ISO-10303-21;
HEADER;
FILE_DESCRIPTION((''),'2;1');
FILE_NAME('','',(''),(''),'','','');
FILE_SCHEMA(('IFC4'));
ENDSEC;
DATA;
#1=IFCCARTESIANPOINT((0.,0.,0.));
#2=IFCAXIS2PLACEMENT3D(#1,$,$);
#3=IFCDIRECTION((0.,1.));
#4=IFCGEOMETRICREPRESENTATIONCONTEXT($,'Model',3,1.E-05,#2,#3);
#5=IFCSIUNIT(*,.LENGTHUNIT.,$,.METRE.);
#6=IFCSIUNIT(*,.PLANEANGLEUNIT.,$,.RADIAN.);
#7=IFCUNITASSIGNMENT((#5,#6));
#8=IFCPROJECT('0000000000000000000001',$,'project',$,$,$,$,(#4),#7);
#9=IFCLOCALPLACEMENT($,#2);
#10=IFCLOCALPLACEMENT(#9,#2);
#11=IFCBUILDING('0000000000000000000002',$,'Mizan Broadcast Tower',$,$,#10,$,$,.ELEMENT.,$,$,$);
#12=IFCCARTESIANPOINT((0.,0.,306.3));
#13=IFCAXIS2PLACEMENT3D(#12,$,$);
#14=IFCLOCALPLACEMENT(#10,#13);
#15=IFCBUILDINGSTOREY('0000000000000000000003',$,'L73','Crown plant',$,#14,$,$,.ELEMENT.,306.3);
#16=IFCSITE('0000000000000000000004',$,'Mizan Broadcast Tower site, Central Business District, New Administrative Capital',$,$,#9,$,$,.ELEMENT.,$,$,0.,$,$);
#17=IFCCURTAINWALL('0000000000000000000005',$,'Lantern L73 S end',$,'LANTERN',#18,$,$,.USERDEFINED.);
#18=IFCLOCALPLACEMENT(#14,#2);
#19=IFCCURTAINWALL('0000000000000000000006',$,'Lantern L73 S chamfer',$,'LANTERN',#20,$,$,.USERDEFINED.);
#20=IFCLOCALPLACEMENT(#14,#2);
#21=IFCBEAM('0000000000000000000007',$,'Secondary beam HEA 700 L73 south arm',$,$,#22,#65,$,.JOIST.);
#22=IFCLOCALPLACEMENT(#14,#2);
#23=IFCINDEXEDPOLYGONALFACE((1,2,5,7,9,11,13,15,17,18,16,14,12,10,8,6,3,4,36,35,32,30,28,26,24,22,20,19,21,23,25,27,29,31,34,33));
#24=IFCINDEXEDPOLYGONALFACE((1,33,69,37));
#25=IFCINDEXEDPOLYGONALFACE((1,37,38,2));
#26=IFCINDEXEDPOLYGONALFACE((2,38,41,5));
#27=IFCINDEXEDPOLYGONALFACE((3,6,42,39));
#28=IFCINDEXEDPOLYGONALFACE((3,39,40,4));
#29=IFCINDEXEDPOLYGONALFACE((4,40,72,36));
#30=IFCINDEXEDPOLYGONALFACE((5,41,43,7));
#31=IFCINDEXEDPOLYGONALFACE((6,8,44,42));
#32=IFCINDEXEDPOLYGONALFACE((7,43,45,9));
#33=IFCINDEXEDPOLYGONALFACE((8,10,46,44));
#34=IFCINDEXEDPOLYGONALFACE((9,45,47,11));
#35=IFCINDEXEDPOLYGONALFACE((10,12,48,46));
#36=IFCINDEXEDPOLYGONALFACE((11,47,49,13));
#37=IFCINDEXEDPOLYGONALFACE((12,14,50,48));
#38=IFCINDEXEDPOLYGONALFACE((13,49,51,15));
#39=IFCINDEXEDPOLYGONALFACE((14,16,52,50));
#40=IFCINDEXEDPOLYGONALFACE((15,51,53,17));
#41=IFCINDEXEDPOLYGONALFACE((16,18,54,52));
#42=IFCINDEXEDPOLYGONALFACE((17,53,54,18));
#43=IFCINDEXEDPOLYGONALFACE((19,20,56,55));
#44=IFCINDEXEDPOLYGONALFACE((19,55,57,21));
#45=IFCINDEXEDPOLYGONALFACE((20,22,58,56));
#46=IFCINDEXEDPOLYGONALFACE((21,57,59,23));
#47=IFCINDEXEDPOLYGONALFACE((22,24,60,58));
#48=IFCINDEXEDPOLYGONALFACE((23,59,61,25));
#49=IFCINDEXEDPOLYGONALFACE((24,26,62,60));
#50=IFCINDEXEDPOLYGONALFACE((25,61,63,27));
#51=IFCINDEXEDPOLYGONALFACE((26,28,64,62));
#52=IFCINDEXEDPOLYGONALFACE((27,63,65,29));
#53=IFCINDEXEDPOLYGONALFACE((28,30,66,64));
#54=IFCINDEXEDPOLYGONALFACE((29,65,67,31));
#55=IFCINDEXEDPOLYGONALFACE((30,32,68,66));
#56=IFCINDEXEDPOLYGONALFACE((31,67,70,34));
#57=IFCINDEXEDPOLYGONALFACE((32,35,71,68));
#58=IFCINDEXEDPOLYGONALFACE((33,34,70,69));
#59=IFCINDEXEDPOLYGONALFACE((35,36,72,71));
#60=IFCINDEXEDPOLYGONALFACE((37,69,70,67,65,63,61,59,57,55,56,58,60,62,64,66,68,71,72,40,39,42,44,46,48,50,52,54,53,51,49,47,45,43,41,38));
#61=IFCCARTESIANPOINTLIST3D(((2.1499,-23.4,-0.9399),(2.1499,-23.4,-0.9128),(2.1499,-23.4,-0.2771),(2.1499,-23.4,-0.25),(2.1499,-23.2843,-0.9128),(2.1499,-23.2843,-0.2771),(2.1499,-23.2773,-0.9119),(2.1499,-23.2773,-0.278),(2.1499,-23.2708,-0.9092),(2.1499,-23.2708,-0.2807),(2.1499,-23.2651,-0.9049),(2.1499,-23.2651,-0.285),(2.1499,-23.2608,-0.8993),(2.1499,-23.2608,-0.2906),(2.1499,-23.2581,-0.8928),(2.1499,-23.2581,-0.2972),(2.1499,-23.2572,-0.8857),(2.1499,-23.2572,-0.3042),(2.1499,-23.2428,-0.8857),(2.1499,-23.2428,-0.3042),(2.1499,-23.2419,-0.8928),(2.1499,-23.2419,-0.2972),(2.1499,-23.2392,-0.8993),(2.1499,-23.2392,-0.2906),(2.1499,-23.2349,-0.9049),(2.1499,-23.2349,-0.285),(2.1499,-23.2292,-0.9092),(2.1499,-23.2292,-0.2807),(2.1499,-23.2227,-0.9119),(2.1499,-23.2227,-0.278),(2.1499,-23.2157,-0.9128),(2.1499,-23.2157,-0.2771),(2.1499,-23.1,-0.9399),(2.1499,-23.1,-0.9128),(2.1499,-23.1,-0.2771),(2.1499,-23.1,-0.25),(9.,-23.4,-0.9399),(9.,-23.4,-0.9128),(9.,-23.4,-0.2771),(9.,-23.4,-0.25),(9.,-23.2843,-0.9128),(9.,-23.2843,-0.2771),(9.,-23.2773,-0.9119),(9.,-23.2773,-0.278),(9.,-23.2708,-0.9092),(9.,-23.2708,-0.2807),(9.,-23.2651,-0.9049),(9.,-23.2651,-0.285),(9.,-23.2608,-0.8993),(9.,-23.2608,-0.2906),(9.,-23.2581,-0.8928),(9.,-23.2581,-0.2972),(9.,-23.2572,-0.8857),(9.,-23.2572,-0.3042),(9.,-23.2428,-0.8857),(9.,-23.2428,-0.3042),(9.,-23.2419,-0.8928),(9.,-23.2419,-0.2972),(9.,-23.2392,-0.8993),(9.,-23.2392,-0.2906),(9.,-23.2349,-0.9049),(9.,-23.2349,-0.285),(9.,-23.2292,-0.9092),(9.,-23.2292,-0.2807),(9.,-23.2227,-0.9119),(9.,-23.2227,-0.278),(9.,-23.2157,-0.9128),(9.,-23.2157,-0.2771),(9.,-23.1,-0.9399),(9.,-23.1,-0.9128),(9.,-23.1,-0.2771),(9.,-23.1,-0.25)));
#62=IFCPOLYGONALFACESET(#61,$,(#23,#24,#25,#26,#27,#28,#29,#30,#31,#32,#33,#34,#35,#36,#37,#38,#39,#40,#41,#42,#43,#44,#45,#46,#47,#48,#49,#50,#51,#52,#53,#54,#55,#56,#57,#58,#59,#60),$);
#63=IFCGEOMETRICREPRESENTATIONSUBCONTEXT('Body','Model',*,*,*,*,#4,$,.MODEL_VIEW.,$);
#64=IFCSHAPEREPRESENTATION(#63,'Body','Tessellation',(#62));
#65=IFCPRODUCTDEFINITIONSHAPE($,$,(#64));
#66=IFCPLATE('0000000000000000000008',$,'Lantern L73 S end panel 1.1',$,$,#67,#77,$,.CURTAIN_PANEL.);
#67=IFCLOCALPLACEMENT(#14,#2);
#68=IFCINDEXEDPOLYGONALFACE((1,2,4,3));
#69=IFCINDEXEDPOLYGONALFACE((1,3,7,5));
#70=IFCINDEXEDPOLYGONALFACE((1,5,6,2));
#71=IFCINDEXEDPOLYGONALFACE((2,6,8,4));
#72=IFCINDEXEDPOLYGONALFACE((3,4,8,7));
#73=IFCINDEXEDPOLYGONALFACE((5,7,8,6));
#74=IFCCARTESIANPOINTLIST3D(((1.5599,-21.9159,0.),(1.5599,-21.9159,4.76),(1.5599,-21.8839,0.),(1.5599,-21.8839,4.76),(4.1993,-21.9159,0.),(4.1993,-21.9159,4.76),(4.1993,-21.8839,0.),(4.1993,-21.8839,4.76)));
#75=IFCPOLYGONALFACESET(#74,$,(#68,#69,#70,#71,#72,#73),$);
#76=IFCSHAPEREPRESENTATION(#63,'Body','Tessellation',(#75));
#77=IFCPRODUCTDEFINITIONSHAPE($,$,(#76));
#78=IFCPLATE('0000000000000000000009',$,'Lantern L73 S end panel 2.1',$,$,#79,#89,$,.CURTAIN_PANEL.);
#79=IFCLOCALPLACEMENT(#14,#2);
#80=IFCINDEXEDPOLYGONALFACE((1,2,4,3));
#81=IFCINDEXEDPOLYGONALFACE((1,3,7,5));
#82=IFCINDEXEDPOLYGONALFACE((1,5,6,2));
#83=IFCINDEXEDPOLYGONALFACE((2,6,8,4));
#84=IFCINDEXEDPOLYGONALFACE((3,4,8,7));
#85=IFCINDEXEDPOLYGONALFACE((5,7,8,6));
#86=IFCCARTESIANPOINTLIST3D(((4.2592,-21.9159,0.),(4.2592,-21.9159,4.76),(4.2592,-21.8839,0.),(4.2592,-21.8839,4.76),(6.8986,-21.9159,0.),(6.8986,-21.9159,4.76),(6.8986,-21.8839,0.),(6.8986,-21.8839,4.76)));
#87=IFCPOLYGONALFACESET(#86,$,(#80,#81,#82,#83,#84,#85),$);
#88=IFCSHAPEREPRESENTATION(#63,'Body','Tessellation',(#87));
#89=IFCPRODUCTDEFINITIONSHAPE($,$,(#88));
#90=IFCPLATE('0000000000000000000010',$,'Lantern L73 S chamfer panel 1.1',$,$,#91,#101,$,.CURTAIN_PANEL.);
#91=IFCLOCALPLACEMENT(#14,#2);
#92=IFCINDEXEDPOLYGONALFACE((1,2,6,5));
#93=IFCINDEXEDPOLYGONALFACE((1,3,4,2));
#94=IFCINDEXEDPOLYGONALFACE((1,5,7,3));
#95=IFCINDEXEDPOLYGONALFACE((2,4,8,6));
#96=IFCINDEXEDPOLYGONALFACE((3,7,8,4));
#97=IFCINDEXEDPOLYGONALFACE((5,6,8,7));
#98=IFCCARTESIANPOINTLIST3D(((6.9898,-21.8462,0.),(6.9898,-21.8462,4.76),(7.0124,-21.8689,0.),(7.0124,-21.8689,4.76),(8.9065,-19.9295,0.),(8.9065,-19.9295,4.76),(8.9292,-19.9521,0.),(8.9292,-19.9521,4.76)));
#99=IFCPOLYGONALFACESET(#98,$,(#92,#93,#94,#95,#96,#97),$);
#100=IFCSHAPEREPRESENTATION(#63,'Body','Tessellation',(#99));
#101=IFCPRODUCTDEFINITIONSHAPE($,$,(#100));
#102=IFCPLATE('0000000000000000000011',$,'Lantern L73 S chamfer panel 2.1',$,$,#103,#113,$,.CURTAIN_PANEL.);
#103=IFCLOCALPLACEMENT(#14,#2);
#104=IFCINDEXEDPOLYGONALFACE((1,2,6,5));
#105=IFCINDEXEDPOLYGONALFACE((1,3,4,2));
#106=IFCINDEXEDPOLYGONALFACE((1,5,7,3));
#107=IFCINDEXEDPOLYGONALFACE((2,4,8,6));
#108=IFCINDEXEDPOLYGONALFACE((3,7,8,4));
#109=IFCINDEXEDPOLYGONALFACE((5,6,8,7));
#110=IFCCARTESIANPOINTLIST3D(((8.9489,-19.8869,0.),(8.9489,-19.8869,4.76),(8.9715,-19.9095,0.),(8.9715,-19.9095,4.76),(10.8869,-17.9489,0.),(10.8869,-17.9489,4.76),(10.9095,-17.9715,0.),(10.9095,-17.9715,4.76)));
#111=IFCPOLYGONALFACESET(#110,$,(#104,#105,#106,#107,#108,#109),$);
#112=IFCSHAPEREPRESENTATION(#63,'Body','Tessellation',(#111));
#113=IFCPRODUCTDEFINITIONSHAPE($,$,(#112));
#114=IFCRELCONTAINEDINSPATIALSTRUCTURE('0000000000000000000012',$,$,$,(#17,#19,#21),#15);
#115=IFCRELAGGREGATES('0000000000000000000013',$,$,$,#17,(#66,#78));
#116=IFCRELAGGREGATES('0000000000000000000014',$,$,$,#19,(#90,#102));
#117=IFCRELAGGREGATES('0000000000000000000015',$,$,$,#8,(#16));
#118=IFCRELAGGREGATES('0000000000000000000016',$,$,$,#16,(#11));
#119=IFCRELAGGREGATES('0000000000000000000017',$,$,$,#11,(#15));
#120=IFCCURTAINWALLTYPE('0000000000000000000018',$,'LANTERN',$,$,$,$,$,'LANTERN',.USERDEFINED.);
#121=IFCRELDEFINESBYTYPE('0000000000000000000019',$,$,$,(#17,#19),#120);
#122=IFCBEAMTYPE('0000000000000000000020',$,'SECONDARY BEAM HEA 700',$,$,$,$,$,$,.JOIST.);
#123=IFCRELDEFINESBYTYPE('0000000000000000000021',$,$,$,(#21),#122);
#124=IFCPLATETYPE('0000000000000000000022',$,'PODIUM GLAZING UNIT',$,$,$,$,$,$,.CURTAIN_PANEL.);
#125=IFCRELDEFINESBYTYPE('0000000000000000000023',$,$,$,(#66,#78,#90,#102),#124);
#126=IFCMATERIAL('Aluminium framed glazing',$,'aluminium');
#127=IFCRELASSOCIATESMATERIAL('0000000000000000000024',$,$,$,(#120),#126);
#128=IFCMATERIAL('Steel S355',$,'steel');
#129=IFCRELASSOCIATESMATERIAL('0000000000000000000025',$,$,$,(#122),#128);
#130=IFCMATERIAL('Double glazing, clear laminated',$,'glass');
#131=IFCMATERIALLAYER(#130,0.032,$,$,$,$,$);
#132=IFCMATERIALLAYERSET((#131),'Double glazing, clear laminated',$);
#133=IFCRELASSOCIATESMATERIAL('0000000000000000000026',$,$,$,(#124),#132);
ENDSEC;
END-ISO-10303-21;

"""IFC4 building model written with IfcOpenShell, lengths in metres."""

from ifc_helpers import new_model, si_unit, direction, frame, origin, origin_2d, place, context, subcontext, project, spatial, rectangle, i_section, extrude, material, layer, layer_set, material_profile, profile_set, type_object, element, aggregate, save


model = new_model("IFC4")

# Units and contexts
model_context = context("Model", 3, precision=1e-05, world=origin(), true_north=direction((0.0, 1.0)))
body_context = subcontext(model_context, "Body", "Model", "MODEL_VIEW")
ifc_project = project(units=[si_unit("LENGTHUNIT", "METRE"), si_unit("PLANEANGLEUNIT", "RADIAN")], contexts=[model_context])

# Site, building, storey
site_placement = place(None, origin())
site = spatial("IfcSite", under=ifc_project, at=site_placement, Name="Mizan Broadcast Tower site, Central Business District, New Administrative Capital", CompositionType="ELEMENT", RefElevation=0.0)
building_placement = place(site_placement, origin())
building = spatial("IfcBuilding", under=site, at=building_placement, Name="Mizan Broadcast Tower", CompositionType="ELEMENT")
storey_placement = place(building_placement, frame((0.0, 0.0, 306.3)))
storey = spatial("IfcBuildingStorey", under=building, at=storey_placement, Name="L73", Description="Crown plant", CompositionType="ELEMENT", Elevation=306.3)

# Curtain walls
ifc_material_1 = material(Name="Aluminium framed glazing", Category="aluminium")
curtain_wall_type = type_object("IfcCurtainWallType", Name="LANTERN", ElementType="LANTERN", PredefinedType="USERDEFINED", material=ifc_material_1)
curtain_wall_1_placement = place(storey_placement, origin())
curtain_wall_1 = element("IfcCurtainWall", 1, at=curtain_wall_1_placement, inside=storey, type_object=curtain_wall_type, Name="Lantern L73 S end", ObjectType="LANTERN", PredefinedType="USERDEFINED")
curtain_wall_2_placement = place(storey_placement, origin())
curtain_wall_2 = element("IfcCurtainWall", 2, at=curtain_wall_2_placement, inside=storey, type_object=curtain_wall_type, Name="Lantern L73 S chamfer", ObjectType="LANTERN", PredefinedType="USERDEFINED")

# Beam
ifc_material_2 = material(Name="Steel S355", Category="steel")
ifc_material_profile_1 = material_profile(ifc_material_2, i_section(OverallWidth=0.3, OverallDepth=0.6899, WebThickness=0.0144, FlangeThickness=0.0271, FilletRadius=0.0271, at=origin_2d()), Name="HEA 700")
ifc_profile_set_1 = profile_set([ifc_material_profile_1], Name="Steel S355")
beam_type_1 = type_object("IfcBeamType", Name="SECONDARY BEAM HEA 700", PredefinedType="JOIST", material=ifc_profile_set_1)
beam_1_placement = place(storey_placement, frame((9.0, -23.25, -0.595), z_axis=(-1.0, 0.0, 0.0), x_axis=(0.0, -1.0, 0.0)))
element("IfcBeam", 3, at=beam_1_placement, inside=storey, type_object=beam_type_1, Name="Secondary beam HEA 700 L73 south arm", PredefinedType="JOIST", context=body_context, shape_type="SweptSolid", body=[
    extrude(i_section(OverallWidth=0.3, OverallDepth=0.6899, WebThickness=0.0144, FlangeThickness=0.0271, FilletRadius=0.0271, at=origin_2d()), origin(), (0.0, 0.0, 1.0), 6.8501),
])

# Plates
ifc_material_3 = material(Name="Double glazing, clear laminated", Category="glass")
ifc_layer = layer(ifc_material_3, 0.032)
ifc_layer_set = layer_set([ifc_layer], Name="Double glazing, clear laminated")
plate_type = type_object("IfcPlateType", Name="PODIUM GLAZING UNIT", PredefinedType="CURTAIN_PANEL", material=ifc_layer_set)
plate_1_placement = place(storey_placement, frame((2.8796, -21.8999, 0.0), z_axis=(0.0, 0.0, 1.0), x_axis=(1.0, 0.0, 0.0)))
plate_1 = element("IfcPlate", 4, at=plate_1_placement, type_object=plate_type, Name="Lantern L73 S end panel 1.1", PredefinedType="CURTAIN_PANEL", context=body_context, shape_type="SweptSolid", body=[
    extrude(rectangle(XDim=2.6394, YDim=0.032, at=origin_2d()), origin(), (0.0, 0.0, 1.0), 4.76),
])
plate_2_placement = place(storey_placement, frame((5.5789, -21.8999, 0.0), z_axis=(0.0, 0.0, 1.0), x_axis=(1.0, 0.0, 0.0)))
plate_2 = element("IfcPlate", 5, at=plate_2_placement, type_object=plate_type, Name="Lantern L73 S end panel 2.1", PredefinedType="CURTAIN_PANEL", context=body_context, shape_type="SweptSolid", body=[
    extrude(rectangle(XDim=2.6394, YDim=0.032, at=origin_2d()), origin(), (0.0, 0.0, 1.0), 4.76),
])
aggregate(curtain_wall_1, [plate_1, plate_2])
plate_3_placement = place(storey_placement, frame((7.9595, -20.8992, 0.0), z_axis=(0.0, 0.0, 1.0), x_axis=(0.707107, 0.707107, 0.0)))
plate_3 = element("IfcPlate", 6, at=plate_3_placement, type_object=plate_type, Name="Lantern L73 S chamfer panel 1.1", PredefinedType="CURTAIN_PANEL", context=body_context, shape_type="SweptSolid", body=[
    extrude(rectangle(XDim=2.7107, YDim=0.032, at=origin_2d()), origin(), (0.0, 0.0, 1.0), 4.76),
])
plate_4_placement = place(storey_placement, frame((9.9292, -18.9292, 0.0), z_axis=(0.0, 0.0, 1.0), x_axis=(0.707107, 0.707107, 0.0)))
plate_4 = element("IfcPlate", 7, at=plate_4_placement, type_object=plate_type, Name="Lantern L73 S chamfer panel 2.1", PredefinedType="CURTAIN_PANEL", context=body_context, shape_type="SweptSolid", body=[
    extrude(rectangle(XDim=2.7407, YDim=0.032, at=origin_2d()), origin(), (0.0, 0.0, 1.0), 4.76),
])
aggregate(curtain_wall_2, [plate_3, plate_4])

save(model, "model.ifc")
